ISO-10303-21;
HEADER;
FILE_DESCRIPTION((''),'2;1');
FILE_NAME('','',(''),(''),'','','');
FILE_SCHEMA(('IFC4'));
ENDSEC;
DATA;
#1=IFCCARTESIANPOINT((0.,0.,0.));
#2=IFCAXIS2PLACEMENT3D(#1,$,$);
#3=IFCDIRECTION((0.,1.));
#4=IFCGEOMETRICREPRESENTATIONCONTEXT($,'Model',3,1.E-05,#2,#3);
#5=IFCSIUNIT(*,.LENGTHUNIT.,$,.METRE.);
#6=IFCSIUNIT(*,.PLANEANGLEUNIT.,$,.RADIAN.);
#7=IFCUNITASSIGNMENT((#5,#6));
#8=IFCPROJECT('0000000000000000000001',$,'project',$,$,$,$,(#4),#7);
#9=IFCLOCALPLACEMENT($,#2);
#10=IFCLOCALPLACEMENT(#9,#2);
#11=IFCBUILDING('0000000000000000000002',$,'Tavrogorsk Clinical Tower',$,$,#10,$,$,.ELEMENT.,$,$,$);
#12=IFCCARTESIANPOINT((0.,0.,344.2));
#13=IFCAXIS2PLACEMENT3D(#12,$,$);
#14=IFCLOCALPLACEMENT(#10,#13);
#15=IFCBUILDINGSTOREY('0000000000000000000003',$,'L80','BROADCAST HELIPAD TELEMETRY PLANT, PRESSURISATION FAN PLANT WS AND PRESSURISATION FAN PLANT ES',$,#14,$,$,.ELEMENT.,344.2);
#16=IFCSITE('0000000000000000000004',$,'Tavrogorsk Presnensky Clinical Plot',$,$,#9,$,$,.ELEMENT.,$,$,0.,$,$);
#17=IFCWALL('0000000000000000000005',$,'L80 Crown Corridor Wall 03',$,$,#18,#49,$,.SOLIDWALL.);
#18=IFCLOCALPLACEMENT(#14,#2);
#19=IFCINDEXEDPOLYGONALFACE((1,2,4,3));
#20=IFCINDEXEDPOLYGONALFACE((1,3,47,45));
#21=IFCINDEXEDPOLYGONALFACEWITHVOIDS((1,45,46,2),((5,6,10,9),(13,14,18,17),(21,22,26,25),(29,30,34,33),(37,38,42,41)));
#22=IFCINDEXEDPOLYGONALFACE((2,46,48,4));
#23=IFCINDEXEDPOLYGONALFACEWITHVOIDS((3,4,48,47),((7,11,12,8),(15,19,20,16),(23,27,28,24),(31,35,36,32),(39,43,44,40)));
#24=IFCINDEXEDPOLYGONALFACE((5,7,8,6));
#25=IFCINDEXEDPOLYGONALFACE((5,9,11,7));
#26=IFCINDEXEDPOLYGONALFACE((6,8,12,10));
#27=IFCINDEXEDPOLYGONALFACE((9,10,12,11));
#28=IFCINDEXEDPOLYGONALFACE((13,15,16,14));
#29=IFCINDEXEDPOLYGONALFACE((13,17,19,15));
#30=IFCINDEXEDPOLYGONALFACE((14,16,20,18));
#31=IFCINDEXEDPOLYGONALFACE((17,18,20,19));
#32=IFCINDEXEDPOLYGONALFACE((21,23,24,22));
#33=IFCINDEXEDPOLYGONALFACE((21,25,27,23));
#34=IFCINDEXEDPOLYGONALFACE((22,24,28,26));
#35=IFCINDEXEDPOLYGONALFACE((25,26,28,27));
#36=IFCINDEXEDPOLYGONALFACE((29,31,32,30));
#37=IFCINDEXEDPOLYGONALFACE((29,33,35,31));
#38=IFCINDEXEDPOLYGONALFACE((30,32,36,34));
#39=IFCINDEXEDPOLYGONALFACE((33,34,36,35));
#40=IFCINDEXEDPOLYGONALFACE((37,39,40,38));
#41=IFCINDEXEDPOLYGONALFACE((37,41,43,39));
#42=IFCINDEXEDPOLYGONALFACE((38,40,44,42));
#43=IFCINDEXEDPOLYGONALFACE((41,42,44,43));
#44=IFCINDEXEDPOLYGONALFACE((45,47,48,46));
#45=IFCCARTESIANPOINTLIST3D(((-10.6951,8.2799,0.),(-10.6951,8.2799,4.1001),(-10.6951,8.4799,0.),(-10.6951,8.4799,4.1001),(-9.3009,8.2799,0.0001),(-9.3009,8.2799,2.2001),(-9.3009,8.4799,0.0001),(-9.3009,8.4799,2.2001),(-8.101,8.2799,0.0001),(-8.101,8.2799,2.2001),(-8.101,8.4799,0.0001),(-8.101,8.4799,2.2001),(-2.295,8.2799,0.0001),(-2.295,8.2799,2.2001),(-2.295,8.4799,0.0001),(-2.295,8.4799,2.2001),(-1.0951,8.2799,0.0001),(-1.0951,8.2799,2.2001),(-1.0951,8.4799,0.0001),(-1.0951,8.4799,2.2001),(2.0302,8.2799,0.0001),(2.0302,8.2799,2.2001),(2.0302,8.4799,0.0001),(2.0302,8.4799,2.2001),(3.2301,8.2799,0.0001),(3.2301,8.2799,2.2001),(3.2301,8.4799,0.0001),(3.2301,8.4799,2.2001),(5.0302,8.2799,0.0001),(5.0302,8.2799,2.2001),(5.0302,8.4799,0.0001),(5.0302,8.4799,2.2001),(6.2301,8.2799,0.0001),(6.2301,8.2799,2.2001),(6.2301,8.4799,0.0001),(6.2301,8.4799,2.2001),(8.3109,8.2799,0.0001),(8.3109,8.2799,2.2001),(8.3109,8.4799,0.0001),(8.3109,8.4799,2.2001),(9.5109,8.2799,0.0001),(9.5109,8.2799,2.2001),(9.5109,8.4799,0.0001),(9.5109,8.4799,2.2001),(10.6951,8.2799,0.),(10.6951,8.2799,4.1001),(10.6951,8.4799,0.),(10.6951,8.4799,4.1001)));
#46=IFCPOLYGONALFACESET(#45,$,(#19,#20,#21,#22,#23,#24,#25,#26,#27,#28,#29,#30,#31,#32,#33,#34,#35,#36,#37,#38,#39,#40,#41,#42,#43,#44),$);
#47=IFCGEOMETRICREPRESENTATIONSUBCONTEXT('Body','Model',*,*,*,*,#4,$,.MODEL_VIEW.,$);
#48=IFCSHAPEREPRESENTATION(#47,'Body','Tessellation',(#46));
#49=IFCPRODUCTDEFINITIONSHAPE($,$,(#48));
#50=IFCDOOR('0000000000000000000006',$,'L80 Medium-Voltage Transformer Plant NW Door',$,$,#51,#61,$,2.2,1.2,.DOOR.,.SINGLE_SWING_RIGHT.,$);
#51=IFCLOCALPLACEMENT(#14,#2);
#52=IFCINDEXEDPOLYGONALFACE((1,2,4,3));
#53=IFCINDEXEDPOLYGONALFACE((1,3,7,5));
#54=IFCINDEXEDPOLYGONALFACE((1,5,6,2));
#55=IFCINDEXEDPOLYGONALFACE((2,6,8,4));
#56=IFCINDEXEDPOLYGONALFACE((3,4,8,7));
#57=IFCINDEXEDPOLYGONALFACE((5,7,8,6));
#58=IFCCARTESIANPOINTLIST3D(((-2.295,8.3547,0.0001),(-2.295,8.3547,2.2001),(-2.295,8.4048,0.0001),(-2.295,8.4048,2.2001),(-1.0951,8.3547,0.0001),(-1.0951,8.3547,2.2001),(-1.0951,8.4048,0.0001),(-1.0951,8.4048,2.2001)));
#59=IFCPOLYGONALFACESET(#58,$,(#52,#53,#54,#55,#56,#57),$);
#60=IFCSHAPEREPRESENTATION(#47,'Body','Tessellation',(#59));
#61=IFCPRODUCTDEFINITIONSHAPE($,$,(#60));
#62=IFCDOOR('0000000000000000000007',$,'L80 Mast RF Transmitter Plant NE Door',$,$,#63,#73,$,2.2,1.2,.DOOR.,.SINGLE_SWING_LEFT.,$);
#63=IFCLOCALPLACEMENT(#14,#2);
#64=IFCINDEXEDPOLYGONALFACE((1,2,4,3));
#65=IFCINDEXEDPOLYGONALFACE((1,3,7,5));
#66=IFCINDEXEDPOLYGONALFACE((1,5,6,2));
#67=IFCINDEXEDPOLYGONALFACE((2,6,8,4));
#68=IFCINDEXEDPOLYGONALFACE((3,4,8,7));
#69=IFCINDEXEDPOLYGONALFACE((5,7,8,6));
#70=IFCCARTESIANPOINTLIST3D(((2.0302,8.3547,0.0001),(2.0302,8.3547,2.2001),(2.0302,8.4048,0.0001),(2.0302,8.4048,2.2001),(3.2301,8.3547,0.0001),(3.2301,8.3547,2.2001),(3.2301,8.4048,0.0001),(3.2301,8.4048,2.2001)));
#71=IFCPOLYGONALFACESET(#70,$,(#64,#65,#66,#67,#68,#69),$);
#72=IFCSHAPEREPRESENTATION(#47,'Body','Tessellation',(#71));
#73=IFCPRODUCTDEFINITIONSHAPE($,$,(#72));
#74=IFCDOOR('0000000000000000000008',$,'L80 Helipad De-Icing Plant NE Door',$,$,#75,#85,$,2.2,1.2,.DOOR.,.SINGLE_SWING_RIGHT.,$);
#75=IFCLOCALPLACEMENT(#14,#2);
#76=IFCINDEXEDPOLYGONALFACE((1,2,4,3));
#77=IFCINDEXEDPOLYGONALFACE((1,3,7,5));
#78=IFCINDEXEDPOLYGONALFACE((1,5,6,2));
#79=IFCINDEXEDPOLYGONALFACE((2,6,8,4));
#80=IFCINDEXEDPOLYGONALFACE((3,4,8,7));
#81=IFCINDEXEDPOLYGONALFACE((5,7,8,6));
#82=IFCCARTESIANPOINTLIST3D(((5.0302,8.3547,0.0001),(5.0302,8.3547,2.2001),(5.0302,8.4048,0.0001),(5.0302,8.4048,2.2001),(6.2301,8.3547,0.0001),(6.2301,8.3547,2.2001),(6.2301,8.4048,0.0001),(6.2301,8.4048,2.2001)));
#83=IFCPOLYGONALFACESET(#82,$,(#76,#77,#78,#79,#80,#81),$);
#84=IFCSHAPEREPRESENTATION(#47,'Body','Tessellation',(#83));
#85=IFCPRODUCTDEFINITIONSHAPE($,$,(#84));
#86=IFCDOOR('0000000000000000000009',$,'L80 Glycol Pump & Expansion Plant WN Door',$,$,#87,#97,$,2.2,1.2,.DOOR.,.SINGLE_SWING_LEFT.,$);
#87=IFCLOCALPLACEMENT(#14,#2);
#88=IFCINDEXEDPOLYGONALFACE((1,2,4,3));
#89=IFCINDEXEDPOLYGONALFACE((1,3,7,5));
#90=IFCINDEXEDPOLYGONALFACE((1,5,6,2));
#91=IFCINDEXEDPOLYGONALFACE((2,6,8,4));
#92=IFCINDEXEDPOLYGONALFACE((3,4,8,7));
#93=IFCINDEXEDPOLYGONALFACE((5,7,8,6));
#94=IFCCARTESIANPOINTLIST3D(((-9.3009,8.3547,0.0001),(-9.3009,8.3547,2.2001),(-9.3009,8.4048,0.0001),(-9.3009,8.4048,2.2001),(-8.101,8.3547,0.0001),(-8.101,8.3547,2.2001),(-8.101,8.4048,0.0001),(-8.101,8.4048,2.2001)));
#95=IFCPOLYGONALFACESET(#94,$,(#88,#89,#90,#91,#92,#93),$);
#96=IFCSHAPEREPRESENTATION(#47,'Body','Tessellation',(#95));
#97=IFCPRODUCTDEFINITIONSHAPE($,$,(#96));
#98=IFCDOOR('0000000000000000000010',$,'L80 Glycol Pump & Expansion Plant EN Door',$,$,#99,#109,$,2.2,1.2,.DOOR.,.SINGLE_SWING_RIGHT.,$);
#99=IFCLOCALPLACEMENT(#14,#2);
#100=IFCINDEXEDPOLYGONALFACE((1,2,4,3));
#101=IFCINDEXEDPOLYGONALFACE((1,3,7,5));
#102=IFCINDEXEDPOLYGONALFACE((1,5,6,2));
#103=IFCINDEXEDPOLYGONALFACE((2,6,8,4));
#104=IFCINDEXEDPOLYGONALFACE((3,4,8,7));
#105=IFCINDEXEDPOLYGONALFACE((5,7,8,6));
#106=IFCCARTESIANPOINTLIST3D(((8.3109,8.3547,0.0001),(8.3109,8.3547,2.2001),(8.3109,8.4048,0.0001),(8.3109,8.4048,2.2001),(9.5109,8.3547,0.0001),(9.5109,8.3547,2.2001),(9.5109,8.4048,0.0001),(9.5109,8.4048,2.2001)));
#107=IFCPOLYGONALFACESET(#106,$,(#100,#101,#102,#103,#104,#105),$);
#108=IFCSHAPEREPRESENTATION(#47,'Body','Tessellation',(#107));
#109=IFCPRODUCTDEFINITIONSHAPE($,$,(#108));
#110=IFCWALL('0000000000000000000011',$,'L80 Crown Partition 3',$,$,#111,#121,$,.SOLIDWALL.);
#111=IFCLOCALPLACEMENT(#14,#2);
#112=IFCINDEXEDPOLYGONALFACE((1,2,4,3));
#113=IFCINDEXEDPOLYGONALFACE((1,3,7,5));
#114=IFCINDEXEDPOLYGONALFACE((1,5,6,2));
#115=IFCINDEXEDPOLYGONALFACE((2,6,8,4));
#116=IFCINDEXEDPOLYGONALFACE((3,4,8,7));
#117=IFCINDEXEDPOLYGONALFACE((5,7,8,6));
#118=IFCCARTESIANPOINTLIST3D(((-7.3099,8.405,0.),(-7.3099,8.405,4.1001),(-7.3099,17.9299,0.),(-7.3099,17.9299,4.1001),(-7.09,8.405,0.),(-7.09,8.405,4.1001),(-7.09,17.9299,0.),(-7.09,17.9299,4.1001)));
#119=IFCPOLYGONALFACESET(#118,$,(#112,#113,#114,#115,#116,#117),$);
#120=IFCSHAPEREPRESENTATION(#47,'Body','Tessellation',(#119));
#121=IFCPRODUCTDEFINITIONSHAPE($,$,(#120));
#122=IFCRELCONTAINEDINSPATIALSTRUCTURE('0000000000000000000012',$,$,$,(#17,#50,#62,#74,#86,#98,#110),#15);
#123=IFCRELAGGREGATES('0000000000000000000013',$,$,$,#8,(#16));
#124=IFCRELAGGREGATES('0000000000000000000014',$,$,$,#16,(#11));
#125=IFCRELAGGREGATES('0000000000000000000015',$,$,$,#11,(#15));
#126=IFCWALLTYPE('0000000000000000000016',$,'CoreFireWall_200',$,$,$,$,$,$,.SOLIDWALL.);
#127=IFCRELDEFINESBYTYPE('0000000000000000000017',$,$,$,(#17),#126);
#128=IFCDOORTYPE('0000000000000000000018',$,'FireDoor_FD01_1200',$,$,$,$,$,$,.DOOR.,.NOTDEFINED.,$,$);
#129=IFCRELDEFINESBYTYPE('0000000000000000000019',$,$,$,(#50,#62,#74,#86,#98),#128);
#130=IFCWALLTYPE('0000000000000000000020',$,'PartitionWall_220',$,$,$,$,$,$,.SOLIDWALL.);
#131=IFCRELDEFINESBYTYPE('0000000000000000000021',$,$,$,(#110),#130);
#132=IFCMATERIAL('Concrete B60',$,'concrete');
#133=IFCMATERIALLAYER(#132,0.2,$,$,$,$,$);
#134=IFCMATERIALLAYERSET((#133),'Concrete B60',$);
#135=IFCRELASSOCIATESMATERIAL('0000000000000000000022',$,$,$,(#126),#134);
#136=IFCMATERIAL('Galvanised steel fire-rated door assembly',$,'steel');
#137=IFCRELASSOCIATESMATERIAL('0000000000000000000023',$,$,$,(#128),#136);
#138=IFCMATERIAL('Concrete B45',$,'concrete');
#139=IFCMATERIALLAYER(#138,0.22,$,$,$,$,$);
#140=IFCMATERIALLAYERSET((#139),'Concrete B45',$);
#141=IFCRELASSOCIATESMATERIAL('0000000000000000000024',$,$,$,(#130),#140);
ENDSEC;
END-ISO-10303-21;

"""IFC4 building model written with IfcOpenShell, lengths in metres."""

from ifc_helpers import new_model, si_unit, direction, frame, frame_2d, origin, place, context, subcontext, project, spatial, rectangle, extrude, material, layer, layer_set, type_object, element, fill, save


model = new_model("IFC4")

# Units and contexts
model_context = context("Model", 3, precision=1e-05, world=origin(), true_north=direction((0.0, 1.0)))
body_context = subcontext(model_context, "Body", "Model", "MODEL_VIEW")
ifc_project = project(units=[si_unit("LENGTHUNIT", "METRE"), si_unit("PLANEANGLEUNIT", "RADIAN")], contexts=[model_context])

# Site, building, storey
site_placement = place(None, origin())
site = spatial("IfcSite", under=ifc_project, at=site_placement, Name="Tavrogorsk Presnensky Clinical Plot", CompositionType="ELEMENT", RefElevation=0.0)
building_placement = place(site_placement, origin())
building = spatial("IfcBuilding", under=site, at=building_placement, Name="Tavrogorsk Clinical Tower", CompositionType="ELEMENT")
storey_placement = place(building_placement, frame((0.0, 0.0, 344.2)))
storey = spatial("IfcBuildingStorey", under=building, at=storey_placement, Name="L80", Description="BROADCAST HELIPAD TELEMETRY PLANT, PRESSURISATION FAN PLANT WS AND PRESSURISATION FAN PLANT ES", CompositionType="ELEMENT", Elevation=344.2)

# Wall, openings, doors
ifc_material_1 = material(Name="Concrete B60", Category="concrete")
ifc_layer_1 = layer(ifc_material_1, 0.2)
ifc_layer_set_1 = layer_set([ifc_layer_1], Name="Concrete B60")
wall_type_1 = type_object("IfcWallType", Name="CoreFireWall_200", PredefinedType="SOLIDWALL", material=ifc_layer_set_1)
wall_1_placement = place(storey_placement, frame((-10.6951, 8.3799, 0.0), z_axis=(0.0, 0.0, 1.0), x_axis=(1.0, 0.0, 0.0)))
wall_1 = element("IfcWall", 1, at=wall_1_placement, inside=storey, type_object=wall_type_1, Name="L80 Crown Corridor Wall 03", PredefinedType="SOLIDWALL", context=body_context, shape_type="SweptSolid", body=[
    extrude(rectangle(XDim=21.3901, YDim=0.2, at=frame_2d((10.6951, 0.0))), origin(), (0.0, 0.0, 1.0), 4.1001),
])
opening_1_placement = place(wall_1_placement, frame((8.3999, 0.0, 0.0)))
opening_1 = element("IfcOpeningElement", 2, at=opening_1_placement, cuts=wall_1, PredefinedType="OPENING", context=body_context, shape_type="SweptSolid", body=[
    extrude(rectangle(XDim=1.2, YDim=2.2, at=frame_2d((0.6001, 1.1001))), frame((0.0, 0.1099, 0.0), z_axis=(0.0, -1.0, 0.0), x_axis=(1.0, 0.0, 0.0)), (0.0, 0.0, 1.0), 0.22),
])
opening_2_placement = place(wall_1_placement, frame((12.7251, 0.0, 0.0)))
opening_2 = element("IfcOpeningElement", 3, at=opening_2_placement, cuts=wall_1, PredefinedType="OPENING", context=body_context, shape_type="SweptSolid", body=[
    extrude(rectangle(XDim=1.2, YDim=2.2, at=frame_2d((0.6001, 1.1001))), frame((0.0, 0.1099, 0.0), z_axis=(0.0, -1.0, 0.0), x_axis=(1.0, 0.0, 0.0)), (0.0, 0.0, 1.0), 0.22),
])
opening_3_placement = place(wall_1_placement, frame((15.7251, 0.0, 0.0)))
opening_3 = element("IfcOpeningElement", 4, at=opening_3_placement, cuts=wall_1, PredefinedType="OPENING", context=body_context, shape_type="SweptSolid", body=[
    extrude(rectangle(XDim=1.2, YDim=2.2, at=frame_2d((0.6001, 1.1001))), frame((0.0, 0.1099, 0.0), z_axis=(0.0, -1.0, 0.0), x_axis=(1.0, 0.0, 0.0)), (0.0, 0.0, 1.0), 0.22),
])
opening_4_placement = place(wall_1_placement, frame((1.394, 0.0, 0.0)))
opening_4 = element("IfcOpeningElement", 5, at=opening_4_placement, cuts=wall_1, PredefinedType="OPENING", context=body_context, shape_type="SweptSolid", body=[
    extrude(rectangle(XDim=1.2, YDim=2.2, at=frame_2d((0.6001, 1.1001))), frame((0.0, 0.1099, 0.0), z_axis=(0.0, -1.0, 0.0), x_axis=(1.0, 0.0, 0.0)), (0.0, 0.0, 1.0), 0.22),
])
opening_5_placement = place(wall_1_placement, frame((19.0059, 0.0, 0.0)))
opening_5 = element("IfcOpeningElement", 6, at=opening_5_placement, cuts=wall_1, PredefinedType="OPENING", context=body_context, shape_type="SweptSolid", body=[
    extrude(rectangle(XDim=1.2, YDim=2.2, at=frame_2d((0.6001, 1.1001))), frame((0.0, 0.1099, 0.0), z_axis=(0.0, -1.0, 0.0), x_axis=(1.0, 0.0, 0.0)), (0.0, 0.0, 1.0), 0.22),
])
ifc_material_2 = material(Name="Galvanised steel fire-rated door assembly", Category="steel")
door_type = type_object("IfcDoorType", Name="FireDoor_FD01_1200", OperationType="NOTDEFINED", PredefinedType="DOOR", material=ifc_material_2)
door_1_placement = place(opening_1_placement, origin())
door_1 = element("IfcDoor", 7, at=door_1_placement, inside=storey, type_object=door_type, Name="L80 Medium-Voltage Transformer Plant NW Door", OperationType="SINGLE_SWING_RIGHT", OverallHeight=2.2, OverallWidth=1.2, PredefinedType="DOOR", context=body_context, shape_type="SweptSolid", body=[
    extrude(rectangle(XDim=1.2, YDim=2.2, at=frame_2d((0.6001, 1.1001))), frame((0.0, 0.0249, 0.0), z_axis=(0.0, -1.0, 0.0), x_axis=(1.0, 0.0, 0.0)), (0.0, 0.0, 1.0), 0.05),
])
fill(opening_1, door_1)
door_2_placement = place(opening_2_placement, origin())
door_2 = element("IfcDoor", 8, at=door_2_placement, inside=storey, type_object=door_type, Name="L80 Mast RF Transmitter Plant NE Door", OperationType="SINGLE_SWING_LEFT", OverallHeight=2.2, OverallWidth=1.2, PredefinedType="DOOR", context=body_context, shape_type="SweptSolid", body=[
    extrude(rectangle(XDim=1.2, YDim=2.2, at=frame_2d((0.6001, 1.1001))), frame((0.0, 0.0249, 0.0), z_axis=(0.0, -1.0, 0.0), x_axis=(1.0, 0.0, 0.0)), (0.0, 0.0, 1.0), 0.05),
])
fill(opening_2, door_2)
door_3_placement = place(opening_3_placement, origin())
door_3 = element("IfcDoor", 9, at=door_3_placement, inside=storey, type_object=door_type, Name="L80 Helipad De-Icing Plant NE Door", OperationType="SINGLE_SWING_RIGHT", OverallHeight=2.2, OverallWidth=1.2, PredefinedType="DOOR", context=body_context, shape_type="SweptSolid", body=[
    extrude(rectangle(XDim=1.2, YDim=2.2, at=frame_2d((0.6001, 1.1001))), frame((0.0, 0.0249, 0.0), z_axis=(0.0, -1.0, 0.0), x_axis=(1.0, 0.0, 0.0)), (0.0, 0.0, 1.0), 0.05),
])
fill(opening_3, door_3)
door_4_placement = place(opening_4_placement, origin())
door_4 = element("IfcDoor", 10, at=door_4_placement, inside=storey, type_object=door_type, Name="L80 Glycol Pump & Expansion Plant WN Door", OperationType="SINGLE_SWING_LEFT", OverallHeight=2.2, OverallWidth=1.2, PredefinedType="DOOR", context=body_context, shape_type="SweptSolid", body=[
    extrude(rectangle(XDim=1.2, YDim=2.2, at=frame_2d((0.6001, 1.1001))), frame((0.0, 0.0249, 0.0), z_axis=(0.0, -1.0, 0.0), x_axis=(1.0, 0.0, 0.0)), (0.0, 0.0, 1.0), 0.05),
])
fill(opening_4, door_4)
door_5_placement = place(opening_5_placement, origin())
door_5 = element("IfcDoor", 11, at=door_5_placement, inside=storey, type_object=door_type, Name="L80 Glycol Pump & Expansion Plant EN Door", OperationType="SINGLE_SWING_RIGHT", OverallHeight=2.2, OverallWidth=1.2, PredefinedType="DOOR", context=body_context, shape_type="SweptSolid", body=[
    extrude(rectangle(XDim=1.2, YDim=2.2, at=frame_2d((0.6001, 1.1001))), frame((0.0, 0.0249, 0.0), z_axis=(0.0, -1.0, 0.0), x_axis=(1.0, 0.0, 0.0)), (0.0, 0.0, 1.0), 0.05),
])
fill(opening_5, door_5)

# Wall
ifc_material_3 = material(Name="Concrete B45", Category="concrete")
ifc_layer_2 = layer(ifc_material_3, 0.22)
ifc_layer_set_2 = layer_set([ifc_layer_2], Name="Concrete B45")
wall_type_2 = type_object("IfcWallType", Name="PartitionWall_220", PredefinedType="SOLIDWALL", material=ifc_layer_set_2)
wall_2_placement = place(storey_placement, frame((-7.2, 8.405, 0.0), z_axis=(0.0, 0.0, 1.0), x_axis=(0.0, 1.0, 0.0)))
element("IfcWall", 12, at=wall_2_placement, inside=storey, type_object=wall_type_2, Name="L80 Crown Partition 3", PredefinedType="SOLIDWALL", context=body_context, shape_type="SweptSolid", body=[
    extrude(rectangle(XDim=9.5249, YDim=0.22, at=frame_2d((4.7625, 0.0))), origin(), (0.0, 0.0, 1.0), 4.1001),
])

save(model, "model.ifc")
